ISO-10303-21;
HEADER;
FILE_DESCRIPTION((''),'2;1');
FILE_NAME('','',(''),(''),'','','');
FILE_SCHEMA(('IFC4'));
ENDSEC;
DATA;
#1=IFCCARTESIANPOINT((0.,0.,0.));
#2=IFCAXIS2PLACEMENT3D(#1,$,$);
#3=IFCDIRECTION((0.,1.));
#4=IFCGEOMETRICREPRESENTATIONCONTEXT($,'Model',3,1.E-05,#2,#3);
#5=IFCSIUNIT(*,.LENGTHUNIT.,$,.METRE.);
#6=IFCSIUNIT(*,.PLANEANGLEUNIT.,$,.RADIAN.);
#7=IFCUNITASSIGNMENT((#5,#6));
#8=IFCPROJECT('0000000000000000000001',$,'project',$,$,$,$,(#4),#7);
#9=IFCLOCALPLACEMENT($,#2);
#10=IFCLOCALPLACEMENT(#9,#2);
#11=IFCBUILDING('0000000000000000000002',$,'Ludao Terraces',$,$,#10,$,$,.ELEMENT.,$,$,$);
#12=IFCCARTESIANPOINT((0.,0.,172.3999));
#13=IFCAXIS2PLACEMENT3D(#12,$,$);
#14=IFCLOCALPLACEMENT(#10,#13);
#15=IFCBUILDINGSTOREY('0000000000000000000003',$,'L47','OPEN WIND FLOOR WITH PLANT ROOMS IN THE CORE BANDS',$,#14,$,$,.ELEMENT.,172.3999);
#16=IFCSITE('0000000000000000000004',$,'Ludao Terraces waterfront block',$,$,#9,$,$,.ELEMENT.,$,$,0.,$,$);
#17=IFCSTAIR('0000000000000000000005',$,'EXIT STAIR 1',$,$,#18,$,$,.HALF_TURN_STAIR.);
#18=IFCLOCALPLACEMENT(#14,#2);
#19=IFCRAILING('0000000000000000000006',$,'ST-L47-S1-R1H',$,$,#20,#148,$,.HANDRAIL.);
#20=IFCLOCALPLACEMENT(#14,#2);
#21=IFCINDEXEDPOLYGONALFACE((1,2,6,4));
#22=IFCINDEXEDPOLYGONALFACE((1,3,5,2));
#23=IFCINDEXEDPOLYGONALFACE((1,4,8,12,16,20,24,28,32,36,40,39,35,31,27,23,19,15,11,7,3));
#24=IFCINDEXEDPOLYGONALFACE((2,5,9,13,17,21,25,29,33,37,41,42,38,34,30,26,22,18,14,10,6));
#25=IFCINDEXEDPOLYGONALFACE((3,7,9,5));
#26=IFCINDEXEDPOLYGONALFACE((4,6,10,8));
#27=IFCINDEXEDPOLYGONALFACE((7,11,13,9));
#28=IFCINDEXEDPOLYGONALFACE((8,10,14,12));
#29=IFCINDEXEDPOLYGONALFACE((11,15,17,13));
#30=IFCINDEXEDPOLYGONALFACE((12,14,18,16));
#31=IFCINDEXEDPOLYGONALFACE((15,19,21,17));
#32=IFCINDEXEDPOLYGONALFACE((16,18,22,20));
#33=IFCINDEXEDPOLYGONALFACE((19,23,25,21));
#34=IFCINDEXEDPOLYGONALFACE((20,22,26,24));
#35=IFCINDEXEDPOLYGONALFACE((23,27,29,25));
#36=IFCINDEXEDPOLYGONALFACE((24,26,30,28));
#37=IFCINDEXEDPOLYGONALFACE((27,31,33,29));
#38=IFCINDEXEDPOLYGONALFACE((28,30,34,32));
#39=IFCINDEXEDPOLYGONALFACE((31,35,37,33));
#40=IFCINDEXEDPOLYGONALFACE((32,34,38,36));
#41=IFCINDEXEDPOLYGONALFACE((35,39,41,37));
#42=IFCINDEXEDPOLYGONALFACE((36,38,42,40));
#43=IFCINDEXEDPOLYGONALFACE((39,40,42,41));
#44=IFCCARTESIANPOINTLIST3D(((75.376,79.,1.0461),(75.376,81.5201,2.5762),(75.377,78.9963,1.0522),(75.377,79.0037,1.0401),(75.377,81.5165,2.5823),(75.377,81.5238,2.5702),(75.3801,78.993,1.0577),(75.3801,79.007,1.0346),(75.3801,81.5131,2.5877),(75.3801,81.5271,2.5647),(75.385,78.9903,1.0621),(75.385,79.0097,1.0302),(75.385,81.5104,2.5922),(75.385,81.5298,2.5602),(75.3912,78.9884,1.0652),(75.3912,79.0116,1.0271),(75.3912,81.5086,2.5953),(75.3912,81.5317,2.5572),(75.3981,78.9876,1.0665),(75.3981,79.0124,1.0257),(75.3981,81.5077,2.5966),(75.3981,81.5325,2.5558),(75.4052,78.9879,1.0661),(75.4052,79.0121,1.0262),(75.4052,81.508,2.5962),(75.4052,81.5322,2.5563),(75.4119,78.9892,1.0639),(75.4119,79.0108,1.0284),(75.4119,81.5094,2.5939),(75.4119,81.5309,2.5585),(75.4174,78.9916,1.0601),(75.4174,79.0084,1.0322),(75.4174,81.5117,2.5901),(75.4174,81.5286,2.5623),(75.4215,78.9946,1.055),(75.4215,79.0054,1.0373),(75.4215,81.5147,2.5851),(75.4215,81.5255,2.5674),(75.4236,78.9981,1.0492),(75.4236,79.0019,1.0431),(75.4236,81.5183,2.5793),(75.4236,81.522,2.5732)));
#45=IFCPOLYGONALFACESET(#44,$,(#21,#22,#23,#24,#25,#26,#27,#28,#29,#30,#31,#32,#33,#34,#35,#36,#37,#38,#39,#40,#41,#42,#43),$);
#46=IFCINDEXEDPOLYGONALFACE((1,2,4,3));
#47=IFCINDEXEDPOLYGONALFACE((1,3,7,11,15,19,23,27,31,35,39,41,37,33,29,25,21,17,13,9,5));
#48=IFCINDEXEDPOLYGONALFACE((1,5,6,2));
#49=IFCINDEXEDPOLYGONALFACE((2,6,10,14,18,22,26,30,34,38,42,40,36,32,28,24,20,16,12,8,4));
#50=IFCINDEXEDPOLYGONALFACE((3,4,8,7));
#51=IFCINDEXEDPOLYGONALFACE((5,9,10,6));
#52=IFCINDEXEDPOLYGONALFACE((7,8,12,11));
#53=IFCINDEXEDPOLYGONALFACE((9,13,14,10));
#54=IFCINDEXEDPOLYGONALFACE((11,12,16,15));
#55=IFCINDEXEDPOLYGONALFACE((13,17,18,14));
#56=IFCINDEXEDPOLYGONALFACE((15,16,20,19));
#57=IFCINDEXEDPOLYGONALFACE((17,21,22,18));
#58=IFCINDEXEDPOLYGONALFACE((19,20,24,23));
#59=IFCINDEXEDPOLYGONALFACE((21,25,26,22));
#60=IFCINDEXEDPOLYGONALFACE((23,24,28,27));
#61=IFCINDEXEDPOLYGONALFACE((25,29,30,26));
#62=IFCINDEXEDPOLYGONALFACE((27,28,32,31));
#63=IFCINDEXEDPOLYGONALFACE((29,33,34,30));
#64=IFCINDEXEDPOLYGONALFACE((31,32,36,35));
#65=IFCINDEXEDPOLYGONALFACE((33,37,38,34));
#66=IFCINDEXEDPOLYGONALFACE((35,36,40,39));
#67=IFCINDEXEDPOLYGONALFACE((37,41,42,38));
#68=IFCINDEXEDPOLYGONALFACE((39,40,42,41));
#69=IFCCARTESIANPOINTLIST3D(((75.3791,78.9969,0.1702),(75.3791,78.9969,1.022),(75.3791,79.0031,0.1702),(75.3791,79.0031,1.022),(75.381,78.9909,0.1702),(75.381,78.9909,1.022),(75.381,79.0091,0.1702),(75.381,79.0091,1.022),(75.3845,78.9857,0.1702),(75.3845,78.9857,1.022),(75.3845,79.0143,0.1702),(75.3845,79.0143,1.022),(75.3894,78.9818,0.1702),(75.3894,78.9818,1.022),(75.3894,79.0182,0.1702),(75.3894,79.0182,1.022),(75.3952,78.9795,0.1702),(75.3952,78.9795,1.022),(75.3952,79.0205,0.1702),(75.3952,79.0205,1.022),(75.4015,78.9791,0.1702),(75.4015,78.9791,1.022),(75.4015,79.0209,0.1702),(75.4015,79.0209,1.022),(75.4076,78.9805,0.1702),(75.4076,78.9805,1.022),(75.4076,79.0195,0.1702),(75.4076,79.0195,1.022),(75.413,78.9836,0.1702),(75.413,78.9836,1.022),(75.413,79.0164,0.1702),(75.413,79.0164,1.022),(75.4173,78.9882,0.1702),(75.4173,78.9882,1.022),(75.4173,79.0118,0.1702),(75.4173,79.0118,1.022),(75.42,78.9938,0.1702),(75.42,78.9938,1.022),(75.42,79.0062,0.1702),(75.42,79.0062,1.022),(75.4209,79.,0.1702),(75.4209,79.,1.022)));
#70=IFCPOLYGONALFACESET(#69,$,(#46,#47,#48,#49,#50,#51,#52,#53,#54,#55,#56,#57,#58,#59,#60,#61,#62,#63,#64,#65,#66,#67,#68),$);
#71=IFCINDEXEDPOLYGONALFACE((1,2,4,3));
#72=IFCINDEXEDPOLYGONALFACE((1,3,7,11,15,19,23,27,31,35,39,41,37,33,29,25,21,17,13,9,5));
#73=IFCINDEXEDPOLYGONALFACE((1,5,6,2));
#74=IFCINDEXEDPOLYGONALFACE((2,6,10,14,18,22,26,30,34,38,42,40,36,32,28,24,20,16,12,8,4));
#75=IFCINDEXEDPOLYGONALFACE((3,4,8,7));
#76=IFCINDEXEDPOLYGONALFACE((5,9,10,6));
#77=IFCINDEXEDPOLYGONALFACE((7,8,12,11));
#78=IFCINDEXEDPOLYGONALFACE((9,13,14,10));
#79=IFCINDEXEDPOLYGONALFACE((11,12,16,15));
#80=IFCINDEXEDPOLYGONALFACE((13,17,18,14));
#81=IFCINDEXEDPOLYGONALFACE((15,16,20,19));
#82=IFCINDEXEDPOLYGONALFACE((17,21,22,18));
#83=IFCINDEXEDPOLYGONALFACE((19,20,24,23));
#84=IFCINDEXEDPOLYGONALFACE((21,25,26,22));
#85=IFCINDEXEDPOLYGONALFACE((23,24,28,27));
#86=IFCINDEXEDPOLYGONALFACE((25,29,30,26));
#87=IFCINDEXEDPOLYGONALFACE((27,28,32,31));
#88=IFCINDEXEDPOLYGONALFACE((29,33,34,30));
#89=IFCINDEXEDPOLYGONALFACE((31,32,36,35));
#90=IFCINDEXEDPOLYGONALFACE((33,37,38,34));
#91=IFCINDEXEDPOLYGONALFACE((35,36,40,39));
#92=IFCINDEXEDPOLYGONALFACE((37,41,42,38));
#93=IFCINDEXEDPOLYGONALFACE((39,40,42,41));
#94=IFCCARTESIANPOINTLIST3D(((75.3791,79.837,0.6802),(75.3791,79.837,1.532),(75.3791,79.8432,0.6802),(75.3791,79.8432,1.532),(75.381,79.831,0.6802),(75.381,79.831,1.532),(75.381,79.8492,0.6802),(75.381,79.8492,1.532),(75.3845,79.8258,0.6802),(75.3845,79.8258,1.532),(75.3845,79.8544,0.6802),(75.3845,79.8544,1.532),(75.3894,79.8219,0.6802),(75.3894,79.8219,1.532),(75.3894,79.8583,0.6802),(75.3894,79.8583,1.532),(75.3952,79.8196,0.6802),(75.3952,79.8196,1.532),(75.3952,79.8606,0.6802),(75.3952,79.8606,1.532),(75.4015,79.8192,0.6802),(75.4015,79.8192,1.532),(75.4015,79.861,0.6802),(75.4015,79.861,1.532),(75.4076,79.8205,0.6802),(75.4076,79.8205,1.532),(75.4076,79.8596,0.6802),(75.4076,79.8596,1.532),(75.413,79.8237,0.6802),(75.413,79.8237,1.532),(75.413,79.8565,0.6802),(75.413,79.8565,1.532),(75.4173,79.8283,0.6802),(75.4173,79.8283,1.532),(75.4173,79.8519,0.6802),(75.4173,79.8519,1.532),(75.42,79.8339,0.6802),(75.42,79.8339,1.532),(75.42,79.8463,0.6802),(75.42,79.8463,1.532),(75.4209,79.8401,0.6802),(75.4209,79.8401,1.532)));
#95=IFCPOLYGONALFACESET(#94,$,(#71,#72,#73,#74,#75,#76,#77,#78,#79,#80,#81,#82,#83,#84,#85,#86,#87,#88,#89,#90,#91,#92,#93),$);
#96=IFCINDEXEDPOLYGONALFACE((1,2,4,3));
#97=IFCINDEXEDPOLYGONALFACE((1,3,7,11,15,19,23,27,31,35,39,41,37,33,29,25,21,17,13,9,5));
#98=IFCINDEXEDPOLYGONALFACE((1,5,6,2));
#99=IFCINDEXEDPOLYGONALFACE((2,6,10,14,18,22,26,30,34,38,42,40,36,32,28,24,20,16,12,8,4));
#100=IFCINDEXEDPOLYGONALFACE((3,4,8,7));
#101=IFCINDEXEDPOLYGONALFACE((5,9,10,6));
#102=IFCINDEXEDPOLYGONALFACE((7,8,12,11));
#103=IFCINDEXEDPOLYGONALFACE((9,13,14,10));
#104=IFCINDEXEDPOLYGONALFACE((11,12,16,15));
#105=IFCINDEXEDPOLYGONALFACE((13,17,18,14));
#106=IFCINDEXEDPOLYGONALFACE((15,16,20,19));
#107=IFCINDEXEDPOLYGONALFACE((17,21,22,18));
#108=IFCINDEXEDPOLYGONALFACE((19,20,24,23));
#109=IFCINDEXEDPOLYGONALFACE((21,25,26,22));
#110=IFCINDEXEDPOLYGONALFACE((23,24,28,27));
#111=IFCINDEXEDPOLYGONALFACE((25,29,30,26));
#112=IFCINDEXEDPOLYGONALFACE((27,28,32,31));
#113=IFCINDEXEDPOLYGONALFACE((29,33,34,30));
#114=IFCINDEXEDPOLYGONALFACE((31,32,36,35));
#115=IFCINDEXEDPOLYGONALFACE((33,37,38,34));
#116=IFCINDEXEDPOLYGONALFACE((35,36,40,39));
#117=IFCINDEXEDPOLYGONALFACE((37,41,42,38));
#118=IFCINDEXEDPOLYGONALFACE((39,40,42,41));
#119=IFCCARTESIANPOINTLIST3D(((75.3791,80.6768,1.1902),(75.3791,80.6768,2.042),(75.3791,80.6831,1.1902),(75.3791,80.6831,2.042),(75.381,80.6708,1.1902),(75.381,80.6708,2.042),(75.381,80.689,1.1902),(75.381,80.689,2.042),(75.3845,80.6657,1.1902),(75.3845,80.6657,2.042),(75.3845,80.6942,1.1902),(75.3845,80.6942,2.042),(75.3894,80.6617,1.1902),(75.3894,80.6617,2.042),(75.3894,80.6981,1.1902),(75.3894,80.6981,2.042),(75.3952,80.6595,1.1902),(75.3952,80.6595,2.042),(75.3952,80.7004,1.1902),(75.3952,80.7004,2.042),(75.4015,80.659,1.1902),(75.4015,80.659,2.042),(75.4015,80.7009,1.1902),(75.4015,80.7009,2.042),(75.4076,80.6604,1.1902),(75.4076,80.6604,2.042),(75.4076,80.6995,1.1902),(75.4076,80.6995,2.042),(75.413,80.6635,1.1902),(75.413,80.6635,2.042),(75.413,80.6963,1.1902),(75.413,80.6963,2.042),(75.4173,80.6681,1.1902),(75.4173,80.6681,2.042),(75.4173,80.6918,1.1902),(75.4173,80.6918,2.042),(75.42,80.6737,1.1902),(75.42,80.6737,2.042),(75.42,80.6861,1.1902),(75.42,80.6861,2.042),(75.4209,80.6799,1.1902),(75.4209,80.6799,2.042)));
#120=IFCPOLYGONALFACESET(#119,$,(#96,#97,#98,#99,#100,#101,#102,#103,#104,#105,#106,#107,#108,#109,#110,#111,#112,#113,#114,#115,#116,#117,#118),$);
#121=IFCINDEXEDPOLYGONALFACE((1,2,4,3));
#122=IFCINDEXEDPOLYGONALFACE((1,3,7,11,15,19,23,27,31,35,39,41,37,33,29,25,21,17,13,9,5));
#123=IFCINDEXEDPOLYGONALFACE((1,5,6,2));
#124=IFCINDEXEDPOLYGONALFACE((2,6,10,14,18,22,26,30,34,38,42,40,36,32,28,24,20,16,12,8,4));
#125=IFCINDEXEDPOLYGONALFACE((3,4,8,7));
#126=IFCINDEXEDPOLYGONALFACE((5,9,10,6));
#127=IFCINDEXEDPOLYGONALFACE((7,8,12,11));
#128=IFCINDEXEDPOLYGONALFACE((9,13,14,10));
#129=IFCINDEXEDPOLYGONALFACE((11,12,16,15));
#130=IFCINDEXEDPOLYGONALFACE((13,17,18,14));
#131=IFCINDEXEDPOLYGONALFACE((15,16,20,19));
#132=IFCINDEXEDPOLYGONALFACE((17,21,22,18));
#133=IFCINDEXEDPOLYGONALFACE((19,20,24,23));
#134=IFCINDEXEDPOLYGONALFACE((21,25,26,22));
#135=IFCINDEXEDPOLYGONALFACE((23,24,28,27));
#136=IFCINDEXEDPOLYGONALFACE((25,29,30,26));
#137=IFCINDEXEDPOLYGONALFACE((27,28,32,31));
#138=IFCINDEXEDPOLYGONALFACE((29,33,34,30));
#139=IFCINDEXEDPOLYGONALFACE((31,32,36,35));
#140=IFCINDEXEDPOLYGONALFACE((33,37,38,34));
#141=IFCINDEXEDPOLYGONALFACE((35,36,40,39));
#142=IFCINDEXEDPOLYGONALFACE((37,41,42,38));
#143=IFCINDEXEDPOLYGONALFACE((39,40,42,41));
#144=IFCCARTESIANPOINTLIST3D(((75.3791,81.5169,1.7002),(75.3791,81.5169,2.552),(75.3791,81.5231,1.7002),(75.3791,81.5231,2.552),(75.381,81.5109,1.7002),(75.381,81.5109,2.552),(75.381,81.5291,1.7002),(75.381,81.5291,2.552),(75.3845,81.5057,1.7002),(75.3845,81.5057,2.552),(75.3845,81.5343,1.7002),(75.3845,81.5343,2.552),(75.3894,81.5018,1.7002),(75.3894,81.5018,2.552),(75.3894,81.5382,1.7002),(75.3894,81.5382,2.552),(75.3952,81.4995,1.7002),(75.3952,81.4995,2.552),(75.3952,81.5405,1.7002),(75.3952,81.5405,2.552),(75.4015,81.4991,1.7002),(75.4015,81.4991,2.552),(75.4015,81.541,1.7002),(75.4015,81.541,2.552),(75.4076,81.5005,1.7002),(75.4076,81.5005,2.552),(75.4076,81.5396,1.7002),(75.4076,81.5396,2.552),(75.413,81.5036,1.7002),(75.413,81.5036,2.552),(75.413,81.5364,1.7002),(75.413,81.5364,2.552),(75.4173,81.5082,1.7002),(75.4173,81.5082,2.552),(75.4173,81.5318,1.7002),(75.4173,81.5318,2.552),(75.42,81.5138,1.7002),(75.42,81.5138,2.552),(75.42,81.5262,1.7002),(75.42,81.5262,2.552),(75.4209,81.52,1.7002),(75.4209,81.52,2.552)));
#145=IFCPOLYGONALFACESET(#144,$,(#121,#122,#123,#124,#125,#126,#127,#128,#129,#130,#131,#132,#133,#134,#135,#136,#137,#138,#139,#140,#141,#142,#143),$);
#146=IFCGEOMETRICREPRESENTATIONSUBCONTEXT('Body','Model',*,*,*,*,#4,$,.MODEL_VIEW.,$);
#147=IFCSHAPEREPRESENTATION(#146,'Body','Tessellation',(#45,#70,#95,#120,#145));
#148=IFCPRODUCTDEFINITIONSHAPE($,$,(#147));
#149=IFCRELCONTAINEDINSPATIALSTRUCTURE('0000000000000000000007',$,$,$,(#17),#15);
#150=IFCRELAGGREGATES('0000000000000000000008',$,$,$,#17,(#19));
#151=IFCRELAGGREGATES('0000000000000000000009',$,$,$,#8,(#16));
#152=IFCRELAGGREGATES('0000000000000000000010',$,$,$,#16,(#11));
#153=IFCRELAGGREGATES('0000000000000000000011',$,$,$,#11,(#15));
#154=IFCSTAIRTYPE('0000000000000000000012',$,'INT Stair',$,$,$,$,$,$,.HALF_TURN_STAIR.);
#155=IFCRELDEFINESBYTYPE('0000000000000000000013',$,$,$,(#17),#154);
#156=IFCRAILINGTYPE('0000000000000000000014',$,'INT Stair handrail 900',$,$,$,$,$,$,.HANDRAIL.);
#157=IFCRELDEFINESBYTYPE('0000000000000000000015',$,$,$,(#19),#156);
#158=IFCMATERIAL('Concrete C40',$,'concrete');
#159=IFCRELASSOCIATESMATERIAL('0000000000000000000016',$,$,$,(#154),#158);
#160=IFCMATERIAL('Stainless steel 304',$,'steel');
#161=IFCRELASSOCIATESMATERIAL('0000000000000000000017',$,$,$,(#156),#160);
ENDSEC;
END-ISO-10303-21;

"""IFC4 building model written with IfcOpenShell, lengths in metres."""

from ifc_helpers import new_model, si_unit, direction, frame, origin, origin_2d, place, context, subcontext, project, spatial, circle, extrude, material, type_object, element, aggregate, save


model = new_model("IFC4")

# Units and contexts
model_context = context("Model", 3, precision=1e-05, world=origin(), true_north=direction((0.0, 1.0)))
body_context = subcontext(model_context, "Body", "Model", "MODEL_VIEW")
ifc_project = project(units=[si_unit("LENGTHUNIT", "METRE"), si_unit("PLANEANGLEUNIT", "RADIAN")], contexts=[model_context])

# Site, building, storey
site_placement = place(None, origin())
site = spatial("IfcSite", under=ifc_project, at=site_placement, Name="Ludao Terraces waterfront block", CompositionType="ELEMENT", RefElevation=0.0)
building_placement = place(site_placement, origin())
building = spatial("IfcBuilding", under=site, at=building_placement, Name="Ludao Terraces", CompositionType="ELEMENT")
storey_placement = place(building_placement, frame((0.0, 0.0, 172.3999)))
storey = spatial("IfcBuildingStorey", under=building, at=storey_placement, Name="L47", Description="OPEN WIND FLOOR WITH PLANT ROOMS IN THE CORE BANDS", CompositionType="ELEMENT", Elevation=172.3999)

# Stair, railing
ifc_material_1 = material(Name="Concrete C40", Category="concrete")
stair_type = type_object("IfcStairType", Name="INT Stair", PredefinedType="HALF_TURN_STAIR", material=ifc_material_1)
stair_placement = place(storey_placement, origin())
stair = element("IfcStair", 1, at=stair_placement, inside=storey, type_object=stair_type, Name="EXIT STAIR 1", PredefinedType="HALF_TURN_STAIR")
ifc_material_2 = material(Name="Stainless steel 304", Category="steel")
railing_type_1 = type_object("IfcRailingType", Name="INT Stair handrail 900", PredefinedType="HANDRAIL", material=ifc_material_2)
railing_1_placement = place(storey_placement, frame((75.3999, 79.0, 0.1702)))
railing_1 = element("IfcRailing", 2, at=railing_1_placement, type_object=railing_type_1, Name="ST-L47-S1-R1H", PredefinedType="HANDRAIL", context=body_context, shape_type="SweptSolid", body=[
    extrude(circle(Radius=0.0239, at=origin_2d()), frame((0.0, 0.0, 0.876), z_axis=(0.0, 0.854785, 0.518982), x_axis=(-1.0, 0.0, 0.0)), (0.0, 0.0, 1.0), 2.9482),
    extrude(circle(Radius=0.021, at=origin_2d()), origin(), (0.0, 0.0, 1.0), 0.8518),
    extrude(circle(Radius=0.021, at=origin_2d()), frame((0.0, 0.8401, 0.51)), (0.0, 0.0, 1.0), 0.8518),
    extrude(circle(Radius=0.021, at=origin_2d()), frame((0.0, 1.6799, 1.02)), (0.0, 0.0, 1.0), 0.8518),
    extrude(circle(Radius=0.021, at=origin_2d()), frame((0.0, 2.52, 1.53)), (0.0, 0.0, 1.0), 0.8518),
])
aggregate(stair, [railing_1])

save(model, "model.ifc")
